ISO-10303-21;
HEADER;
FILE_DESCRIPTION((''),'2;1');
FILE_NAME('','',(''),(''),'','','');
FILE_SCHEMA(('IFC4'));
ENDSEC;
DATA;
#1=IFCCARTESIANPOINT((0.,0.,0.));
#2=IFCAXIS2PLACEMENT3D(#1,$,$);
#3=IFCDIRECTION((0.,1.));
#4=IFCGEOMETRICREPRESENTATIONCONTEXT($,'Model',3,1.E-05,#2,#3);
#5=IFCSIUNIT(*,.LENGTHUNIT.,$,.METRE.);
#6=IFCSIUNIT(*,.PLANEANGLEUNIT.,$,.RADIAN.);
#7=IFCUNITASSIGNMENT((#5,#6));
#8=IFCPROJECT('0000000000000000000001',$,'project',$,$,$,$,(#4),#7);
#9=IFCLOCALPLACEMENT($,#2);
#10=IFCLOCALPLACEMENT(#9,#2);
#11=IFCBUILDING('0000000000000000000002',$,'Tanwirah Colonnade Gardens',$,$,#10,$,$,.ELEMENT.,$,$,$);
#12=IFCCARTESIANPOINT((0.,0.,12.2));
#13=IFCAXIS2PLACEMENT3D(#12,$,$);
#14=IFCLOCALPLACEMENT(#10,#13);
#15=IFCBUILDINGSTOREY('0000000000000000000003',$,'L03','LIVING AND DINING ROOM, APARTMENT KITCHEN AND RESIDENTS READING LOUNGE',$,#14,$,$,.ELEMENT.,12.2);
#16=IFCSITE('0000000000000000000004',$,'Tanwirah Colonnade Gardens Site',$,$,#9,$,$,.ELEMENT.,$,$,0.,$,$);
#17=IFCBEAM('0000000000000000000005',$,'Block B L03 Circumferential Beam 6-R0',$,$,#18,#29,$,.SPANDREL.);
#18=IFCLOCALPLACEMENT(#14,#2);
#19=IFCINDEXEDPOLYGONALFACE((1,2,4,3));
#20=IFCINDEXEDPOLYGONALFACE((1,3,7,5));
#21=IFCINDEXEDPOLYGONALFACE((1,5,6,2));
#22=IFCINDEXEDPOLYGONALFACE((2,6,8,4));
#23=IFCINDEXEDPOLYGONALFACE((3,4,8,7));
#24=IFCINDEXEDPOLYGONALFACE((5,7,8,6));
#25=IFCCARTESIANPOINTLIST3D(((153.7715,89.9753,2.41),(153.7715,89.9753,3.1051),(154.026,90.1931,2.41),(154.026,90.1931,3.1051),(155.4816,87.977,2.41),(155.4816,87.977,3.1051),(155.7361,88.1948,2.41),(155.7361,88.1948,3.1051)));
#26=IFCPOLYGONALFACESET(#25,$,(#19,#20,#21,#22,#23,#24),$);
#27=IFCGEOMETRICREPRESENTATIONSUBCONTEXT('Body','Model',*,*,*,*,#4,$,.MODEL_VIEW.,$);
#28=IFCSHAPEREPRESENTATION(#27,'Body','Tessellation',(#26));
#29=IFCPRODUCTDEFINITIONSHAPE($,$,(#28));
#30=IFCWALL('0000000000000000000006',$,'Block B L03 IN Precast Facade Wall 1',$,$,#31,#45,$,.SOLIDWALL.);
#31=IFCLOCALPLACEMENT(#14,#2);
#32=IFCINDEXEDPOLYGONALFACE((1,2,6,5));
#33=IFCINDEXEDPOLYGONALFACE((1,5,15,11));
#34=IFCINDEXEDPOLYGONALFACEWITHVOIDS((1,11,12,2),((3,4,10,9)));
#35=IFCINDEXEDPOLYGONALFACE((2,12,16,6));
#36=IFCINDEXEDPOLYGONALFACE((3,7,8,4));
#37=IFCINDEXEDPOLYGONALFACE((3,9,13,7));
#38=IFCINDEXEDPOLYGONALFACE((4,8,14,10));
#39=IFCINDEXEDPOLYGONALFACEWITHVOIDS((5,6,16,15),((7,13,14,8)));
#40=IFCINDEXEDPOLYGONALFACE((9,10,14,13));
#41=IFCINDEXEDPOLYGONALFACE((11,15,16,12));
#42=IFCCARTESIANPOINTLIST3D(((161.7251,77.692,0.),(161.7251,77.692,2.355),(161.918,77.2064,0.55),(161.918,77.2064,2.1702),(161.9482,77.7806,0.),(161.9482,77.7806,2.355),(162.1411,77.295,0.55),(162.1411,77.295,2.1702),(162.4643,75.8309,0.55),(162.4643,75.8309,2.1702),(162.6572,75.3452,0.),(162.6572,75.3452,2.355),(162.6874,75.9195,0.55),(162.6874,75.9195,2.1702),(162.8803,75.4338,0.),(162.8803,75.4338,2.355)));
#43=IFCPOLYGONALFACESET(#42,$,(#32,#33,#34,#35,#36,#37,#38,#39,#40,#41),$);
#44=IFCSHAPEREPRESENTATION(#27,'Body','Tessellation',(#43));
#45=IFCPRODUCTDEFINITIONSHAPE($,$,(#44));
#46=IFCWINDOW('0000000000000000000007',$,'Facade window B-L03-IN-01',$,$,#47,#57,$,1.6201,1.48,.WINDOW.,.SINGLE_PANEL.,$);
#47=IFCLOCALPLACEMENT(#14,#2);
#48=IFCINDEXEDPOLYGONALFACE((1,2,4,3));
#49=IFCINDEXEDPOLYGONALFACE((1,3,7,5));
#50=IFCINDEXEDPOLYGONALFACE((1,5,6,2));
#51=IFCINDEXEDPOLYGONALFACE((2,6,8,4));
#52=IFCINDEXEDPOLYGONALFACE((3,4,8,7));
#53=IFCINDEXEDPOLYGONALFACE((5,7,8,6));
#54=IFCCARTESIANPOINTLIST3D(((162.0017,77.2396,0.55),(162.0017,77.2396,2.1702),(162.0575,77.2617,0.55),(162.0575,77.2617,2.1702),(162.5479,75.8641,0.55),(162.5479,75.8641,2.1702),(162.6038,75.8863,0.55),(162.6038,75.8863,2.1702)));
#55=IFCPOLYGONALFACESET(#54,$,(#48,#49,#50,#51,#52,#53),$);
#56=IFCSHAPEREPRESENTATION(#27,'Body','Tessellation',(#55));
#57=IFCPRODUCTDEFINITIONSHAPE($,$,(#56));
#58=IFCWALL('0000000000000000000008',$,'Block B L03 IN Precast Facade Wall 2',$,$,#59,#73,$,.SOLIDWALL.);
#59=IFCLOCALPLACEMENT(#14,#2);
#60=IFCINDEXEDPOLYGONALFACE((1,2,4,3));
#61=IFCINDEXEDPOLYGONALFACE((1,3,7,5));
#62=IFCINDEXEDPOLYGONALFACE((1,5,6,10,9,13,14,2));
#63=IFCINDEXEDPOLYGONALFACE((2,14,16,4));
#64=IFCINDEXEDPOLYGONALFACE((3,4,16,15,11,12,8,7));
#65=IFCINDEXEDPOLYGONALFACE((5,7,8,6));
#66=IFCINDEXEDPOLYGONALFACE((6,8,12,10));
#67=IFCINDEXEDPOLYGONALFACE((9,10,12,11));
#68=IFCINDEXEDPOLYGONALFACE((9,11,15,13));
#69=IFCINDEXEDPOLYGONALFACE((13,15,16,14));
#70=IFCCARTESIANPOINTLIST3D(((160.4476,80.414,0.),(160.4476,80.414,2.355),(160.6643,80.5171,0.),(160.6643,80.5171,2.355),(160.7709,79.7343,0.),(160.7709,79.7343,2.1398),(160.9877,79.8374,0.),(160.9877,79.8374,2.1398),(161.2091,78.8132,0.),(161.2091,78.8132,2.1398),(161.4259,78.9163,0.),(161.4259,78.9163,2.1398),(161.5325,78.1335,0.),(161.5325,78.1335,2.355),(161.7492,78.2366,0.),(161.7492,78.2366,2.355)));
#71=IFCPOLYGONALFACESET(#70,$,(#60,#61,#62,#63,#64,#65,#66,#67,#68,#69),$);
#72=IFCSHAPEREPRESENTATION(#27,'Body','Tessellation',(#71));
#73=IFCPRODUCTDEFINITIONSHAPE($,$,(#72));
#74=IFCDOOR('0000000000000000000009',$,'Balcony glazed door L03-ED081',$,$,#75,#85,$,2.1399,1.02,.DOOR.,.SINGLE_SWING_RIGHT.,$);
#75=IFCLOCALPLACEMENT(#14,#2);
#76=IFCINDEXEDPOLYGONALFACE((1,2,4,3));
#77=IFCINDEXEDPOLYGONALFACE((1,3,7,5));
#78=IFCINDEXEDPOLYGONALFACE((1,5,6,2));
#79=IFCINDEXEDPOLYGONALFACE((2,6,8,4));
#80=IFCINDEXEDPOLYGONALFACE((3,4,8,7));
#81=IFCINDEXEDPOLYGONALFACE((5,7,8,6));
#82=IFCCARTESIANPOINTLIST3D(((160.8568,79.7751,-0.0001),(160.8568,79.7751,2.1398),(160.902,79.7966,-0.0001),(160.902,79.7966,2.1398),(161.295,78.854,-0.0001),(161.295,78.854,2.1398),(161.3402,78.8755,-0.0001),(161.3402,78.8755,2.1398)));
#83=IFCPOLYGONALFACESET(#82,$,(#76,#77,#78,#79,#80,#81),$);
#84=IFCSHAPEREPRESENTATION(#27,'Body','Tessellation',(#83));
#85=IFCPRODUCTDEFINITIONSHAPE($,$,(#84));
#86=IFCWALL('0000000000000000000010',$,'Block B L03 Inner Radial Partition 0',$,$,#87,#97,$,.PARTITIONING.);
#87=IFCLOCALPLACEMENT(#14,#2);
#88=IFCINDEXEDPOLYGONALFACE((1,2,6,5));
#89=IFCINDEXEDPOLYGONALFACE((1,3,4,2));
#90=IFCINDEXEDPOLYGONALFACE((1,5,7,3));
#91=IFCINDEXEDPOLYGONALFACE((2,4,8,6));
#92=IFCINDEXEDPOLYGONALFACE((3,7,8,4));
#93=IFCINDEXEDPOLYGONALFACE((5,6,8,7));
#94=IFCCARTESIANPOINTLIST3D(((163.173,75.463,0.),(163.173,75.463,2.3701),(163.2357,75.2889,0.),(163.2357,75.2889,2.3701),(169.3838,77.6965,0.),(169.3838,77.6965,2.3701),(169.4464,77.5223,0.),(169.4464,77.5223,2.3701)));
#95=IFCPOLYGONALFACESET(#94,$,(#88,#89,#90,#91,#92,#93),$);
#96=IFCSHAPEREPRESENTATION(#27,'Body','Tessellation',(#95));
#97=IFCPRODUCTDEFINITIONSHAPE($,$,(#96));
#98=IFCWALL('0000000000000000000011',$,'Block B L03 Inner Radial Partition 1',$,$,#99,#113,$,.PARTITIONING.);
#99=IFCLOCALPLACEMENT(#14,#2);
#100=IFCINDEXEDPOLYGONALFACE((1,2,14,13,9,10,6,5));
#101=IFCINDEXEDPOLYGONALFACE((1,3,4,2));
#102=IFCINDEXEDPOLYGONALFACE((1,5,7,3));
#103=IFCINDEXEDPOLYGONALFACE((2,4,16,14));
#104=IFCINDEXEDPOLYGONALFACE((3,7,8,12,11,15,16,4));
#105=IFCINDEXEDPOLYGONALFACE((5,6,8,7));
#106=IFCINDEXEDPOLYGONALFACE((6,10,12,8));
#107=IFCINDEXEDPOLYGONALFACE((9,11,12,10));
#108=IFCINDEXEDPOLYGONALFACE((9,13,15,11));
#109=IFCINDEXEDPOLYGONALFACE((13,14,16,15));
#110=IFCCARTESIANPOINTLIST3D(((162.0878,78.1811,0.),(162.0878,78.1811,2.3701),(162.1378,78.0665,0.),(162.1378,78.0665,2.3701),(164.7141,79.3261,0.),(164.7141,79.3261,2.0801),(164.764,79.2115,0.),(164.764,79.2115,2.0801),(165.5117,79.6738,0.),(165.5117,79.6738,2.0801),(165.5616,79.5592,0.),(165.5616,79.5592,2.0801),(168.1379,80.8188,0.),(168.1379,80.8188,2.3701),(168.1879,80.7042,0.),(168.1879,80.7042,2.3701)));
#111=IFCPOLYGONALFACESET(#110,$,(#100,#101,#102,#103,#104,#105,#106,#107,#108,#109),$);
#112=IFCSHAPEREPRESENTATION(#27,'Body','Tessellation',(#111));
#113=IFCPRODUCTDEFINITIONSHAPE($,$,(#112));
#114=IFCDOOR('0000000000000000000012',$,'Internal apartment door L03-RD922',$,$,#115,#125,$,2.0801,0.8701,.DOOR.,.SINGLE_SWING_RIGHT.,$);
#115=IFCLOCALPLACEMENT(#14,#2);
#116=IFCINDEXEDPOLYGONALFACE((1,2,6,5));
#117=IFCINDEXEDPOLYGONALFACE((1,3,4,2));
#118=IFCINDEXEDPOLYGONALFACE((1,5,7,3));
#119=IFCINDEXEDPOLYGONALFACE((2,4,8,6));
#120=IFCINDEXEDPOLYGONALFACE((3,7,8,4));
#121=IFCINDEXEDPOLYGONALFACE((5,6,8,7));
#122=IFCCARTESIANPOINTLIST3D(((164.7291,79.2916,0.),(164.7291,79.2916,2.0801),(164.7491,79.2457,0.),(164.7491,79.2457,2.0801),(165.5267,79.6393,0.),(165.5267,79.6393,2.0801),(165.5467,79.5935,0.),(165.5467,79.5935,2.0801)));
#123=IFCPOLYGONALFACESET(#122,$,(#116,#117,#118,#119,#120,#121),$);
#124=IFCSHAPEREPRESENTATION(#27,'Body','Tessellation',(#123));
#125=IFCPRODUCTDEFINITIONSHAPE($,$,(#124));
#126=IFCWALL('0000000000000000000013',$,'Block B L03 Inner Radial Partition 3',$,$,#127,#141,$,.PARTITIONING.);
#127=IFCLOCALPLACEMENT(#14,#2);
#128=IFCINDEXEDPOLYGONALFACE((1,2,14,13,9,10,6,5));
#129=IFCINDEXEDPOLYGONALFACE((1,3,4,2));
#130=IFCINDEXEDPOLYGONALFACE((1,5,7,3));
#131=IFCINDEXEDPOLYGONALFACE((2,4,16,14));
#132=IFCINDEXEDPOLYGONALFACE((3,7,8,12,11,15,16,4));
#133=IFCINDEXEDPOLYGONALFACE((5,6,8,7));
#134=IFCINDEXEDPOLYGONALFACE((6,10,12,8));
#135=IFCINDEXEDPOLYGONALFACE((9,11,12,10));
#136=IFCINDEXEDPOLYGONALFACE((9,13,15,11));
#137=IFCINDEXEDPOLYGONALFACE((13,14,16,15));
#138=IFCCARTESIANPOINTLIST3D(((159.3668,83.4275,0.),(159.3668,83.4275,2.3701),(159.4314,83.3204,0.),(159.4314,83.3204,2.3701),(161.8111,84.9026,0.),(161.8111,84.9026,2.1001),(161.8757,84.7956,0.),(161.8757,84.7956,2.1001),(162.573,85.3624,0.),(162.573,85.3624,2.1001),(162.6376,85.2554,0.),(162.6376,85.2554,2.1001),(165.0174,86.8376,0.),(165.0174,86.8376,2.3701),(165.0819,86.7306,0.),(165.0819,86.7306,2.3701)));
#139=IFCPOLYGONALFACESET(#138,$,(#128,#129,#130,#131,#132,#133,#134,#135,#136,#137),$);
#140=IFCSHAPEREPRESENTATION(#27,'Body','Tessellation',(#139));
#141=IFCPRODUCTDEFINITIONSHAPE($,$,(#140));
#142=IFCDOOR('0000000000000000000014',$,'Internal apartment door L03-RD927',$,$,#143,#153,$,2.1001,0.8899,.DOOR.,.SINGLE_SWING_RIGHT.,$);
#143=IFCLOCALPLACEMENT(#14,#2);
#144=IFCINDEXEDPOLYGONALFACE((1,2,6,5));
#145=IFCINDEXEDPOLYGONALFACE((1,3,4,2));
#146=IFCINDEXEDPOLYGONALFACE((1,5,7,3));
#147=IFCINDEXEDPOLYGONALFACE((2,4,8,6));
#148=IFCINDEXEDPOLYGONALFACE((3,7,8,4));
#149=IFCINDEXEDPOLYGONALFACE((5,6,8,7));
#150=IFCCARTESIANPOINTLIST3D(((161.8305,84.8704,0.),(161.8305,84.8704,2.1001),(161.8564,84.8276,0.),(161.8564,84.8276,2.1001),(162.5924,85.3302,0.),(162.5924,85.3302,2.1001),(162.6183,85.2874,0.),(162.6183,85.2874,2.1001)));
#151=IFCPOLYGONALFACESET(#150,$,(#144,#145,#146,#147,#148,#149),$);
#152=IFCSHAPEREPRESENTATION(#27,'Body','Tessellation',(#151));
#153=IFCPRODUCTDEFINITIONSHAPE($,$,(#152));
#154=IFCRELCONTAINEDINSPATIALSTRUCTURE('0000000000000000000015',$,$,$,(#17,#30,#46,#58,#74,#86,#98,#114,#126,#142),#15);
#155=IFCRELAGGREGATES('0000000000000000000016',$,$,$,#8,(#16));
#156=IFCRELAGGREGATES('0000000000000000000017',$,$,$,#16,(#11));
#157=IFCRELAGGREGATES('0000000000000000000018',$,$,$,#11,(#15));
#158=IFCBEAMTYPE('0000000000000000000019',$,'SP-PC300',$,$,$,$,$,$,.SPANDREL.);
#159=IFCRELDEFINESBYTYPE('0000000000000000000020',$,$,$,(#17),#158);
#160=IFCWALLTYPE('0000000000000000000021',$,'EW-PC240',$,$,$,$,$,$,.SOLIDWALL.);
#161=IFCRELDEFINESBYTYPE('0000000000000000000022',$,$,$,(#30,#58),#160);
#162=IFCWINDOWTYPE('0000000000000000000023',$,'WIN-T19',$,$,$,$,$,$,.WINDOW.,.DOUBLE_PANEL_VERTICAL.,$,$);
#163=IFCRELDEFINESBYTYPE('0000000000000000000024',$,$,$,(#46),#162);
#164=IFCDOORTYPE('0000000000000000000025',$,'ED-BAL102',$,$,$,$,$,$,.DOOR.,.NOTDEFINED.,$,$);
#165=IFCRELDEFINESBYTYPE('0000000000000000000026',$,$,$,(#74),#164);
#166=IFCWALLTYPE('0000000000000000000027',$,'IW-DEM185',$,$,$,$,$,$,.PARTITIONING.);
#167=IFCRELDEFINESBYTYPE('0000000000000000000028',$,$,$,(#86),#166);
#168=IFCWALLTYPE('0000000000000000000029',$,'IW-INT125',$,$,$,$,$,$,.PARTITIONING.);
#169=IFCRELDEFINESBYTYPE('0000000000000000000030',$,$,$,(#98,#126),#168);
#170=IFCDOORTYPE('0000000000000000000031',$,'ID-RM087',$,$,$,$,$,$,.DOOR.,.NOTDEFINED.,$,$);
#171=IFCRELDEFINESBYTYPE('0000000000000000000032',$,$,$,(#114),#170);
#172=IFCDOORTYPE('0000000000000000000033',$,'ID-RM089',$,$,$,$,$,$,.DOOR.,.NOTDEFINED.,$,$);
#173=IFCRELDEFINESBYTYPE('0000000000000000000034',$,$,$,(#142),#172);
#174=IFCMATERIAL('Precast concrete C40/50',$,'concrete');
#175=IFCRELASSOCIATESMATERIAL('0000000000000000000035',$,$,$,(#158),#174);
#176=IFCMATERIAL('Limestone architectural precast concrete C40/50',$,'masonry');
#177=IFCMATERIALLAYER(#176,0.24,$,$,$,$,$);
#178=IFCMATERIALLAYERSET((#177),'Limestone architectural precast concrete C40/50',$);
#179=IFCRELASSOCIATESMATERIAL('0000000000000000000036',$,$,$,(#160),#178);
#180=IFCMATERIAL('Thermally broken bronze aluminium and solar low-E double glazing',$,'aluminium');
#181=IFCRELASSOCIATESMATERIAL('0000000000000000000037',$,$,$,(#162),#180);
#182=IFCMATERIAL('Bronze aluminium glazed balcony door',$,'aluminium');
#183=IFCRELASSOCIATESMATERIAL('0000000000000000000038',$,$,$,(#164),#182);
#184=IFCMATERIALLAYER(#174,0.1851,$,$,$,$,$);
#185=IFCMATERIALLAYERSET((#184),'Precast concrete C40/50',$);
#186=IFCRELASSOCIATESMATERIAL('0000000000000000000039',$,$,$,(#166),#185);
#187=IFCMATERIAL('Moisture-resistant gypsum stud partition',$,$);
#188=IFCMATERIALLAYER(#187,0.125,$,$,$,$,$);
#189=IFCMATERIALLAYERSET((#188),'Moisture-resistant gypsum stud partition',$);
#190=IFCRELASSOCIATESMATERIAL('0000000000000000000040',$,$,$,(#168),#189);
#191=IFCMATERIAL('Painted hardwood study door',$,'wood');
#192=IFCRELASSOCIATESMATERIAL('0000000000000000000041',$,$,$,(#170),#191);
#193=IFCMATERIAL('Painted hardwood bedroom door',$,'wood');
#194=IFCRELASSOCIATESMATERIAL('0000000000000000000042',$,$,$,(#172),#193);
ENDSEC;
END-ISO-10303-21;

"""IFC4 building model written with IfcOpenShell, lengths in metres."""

from ifc_helpers import new_model, si_unit, direction, frame, frame_2d, origin, origin_2d, place, context, subcontext, project, spatial, rectangle, extrude, material, layer, layer_set, material_profile, profile_set, type_object, element, fill, save


model = new_model("IFC4")

# Units and contexts
model_context = context("Model", 3, precision=1e-05, world=origin(), true_north=direction((0.0, 1.0)))
body_context = subcontext(model_context, "Body", "Model", "MODEL_VIEW")
ifc_project = project(units=[si_unit("LENGTHUNIT", "METRE"), si_unit("PLANEANGLEUNIT", "RADIAN")], contexts=[model_context])

# Site, building, storey
site_placement = place(None, origin())
site = spatial("IfcSite", under=ifc_project, at=site_placement, Name="Tanwirah Colonnade Gardens Site", CompositionType="ELEMENT", RefElevation=0.0)
building_placement = place(site_placement, origin())
building = spatial("IfcBuilding", under=site, at=building_placement, Name="Tanwirah Colonnade Gardens", CompositionType="ELEMENT")
storey_placement = place(building_placement, frame((0.0, 0.0, 12.2)))
storey = spatial("IfcBuildingStorey", under=building, at=storey_placement, Name="L03", Description="LIVING AND DINING ROOM, APARTMENT KITCHEN AND RESIDENTS READING LOUNGE", CompositionType="ELEMENT", Elevation=12.2)

# Shared definitions
ifc_material_1 = material(Name="Precast concrete C40/50", Category="concrete")

# Beam
ifc_material_profile_1 = material_profile(ifc_material_1, rectangle(XDim=0.335, YDim=0.6951, at=origin_2d()), Name="PC-SP 335x695")
ifc_profile_set_1 = profile_set([ifc_material_profile_1], Name="Precast concrete C40/50")
beam_type_1 = type_object("IfcBeamType", Name="SP-PC300", PredefinedType="SPANDREL", material=ifc_profile_set_1)
beam_1_placement = place(storey_placement, frame((155.6089, 88.0859, 2.7576), z_axis=(-0.650218, 0.759748, 0.0), x_axis=(-0.759748, -0.650218, 0.0)))
element("IfcBeam", 1, at=beam_1_placement, inside=storey, type_object=beam_type_1, Name="Block B L03 Circumferential Beam 6-R0", PredefinedType="SPANDREL", context=body_context, shape_type="SweptSolid", body=[
    extrude(rectangle(XDim=0.335, YDim=0.6951, at=origin_2d()), origin(), (0.0, 0.0, 1.0), 2.6301),
])

# Wall, opening, window
ifc_material_2 = material(Name="Limestone architectural precast concrete C40/50", Category="masonry")
ifc_layer_1 = layer(ifc_material_2, 0.24)
ifc_layer_set_1 = layer_set([ifc_layer_1], Name="Limestone architectural precast concrete C40/50")
wall_type_1 = type_object("IfcWallType", Name="EW-PC240", PredefinedType="SOLIDWALL", material=ifc_layer_set_1)
wall_1_placement = place(storey_placement, frame((162.7688, 75.3894, 0.0), z_axis=(0.0, 0.0, 1.0), x_axis=(-0.369123, 0.929381, 0.0)))
wall_1 = element("IfcWall", 2, at=wall_1_placement, inside=storey, type_object=wall_type_1, Name="Block B L03 IN Precast Facade Wall 1", PredefinedType="SOLIDWALL", context=body_context, shape_type="SweptSolid", body=[
    extrude(rectangle(XDim=2.5251, YDim=0.24, at=frame_2d((1.2627, 0.0))), origin(), (0.0, 0.0, 1.0), 2.355),
])
opening_1_placement = place(wall_1_placement, frame((0.5227, 0.0, 0.55)))
opening_1 = element("IfcOpeningElement", 3, at=opening_1_placement, cuts=wall_1, PredefinedType="OPENING", context=body_context, shape_type="SweptSolid", body=[
    extrude(rectangle(XDim=1.48, YDim=1.6201, at=frame_2d((0.74, 0.8101))), frame((0.0, 0.1299, 0.0), z_axis=(0.0, -1.0, 0.0), x_axis=(1.0, 0.0, 0.0)), (0.0, 0.0, 1.0), 0.26),
])
ifc_material_3 = material(Name="Thermally broken bronze aluminium and solar low-E double glazing", Category="aluminium")
window_type = type_object("IfcWindowType", Name="WIN-T19", PartitioningType="DOUBLE_PANEL_VERTICAL", PredefinedType="WINDOW", material=ifc_material_3)
window_placement = place(opening_1_placement, origin())
window = element("IfcWindow", 4, at=window_placement, inside=storey, type_object=window_type, Name="Facade window B-L03-IN-01", OverallHeight=1.6201, OverallWidth=1.48, PartitioningType="SINGLE_PANEL", PredefinedType="WINDOW", context=body_context, shape_type="SweptSolid", body=[
    extrude(rectangle(XDim=1.48, YDim=1.6201, at=frame_2d((0.74, 0.8101))), frame((0.0, 0.03, 0.0), z_axis=(0.0, -1.0, 0.0), x_axis=(1.0, 0.0, 0.0)), (0.0, 0.0, 1.0), 0.0601),
])
fill(opening_1, window)

# Wall, opening, door
wall_2_placement = place(storey_placement, frame((161.6409, 78.1851, 0.0), z_axis=(0.0, 0.0, 1.0), x_axis=(-0.429611, 0.903014, 0.0)))
wall_2 = element("IfcWall", 5, at=wall_2_placement, inside=storey, type_object=wall_type_1, Name="Block B L03 IN Precast Facade Wall 2", PredefinedType="SOLIDWALL", context=body_context, shape_type="SweptSolid", body=[
    extrude(rectangle(XDim=2.5254, YDim=0.24, at=frame_2d((1.2627, 0.0))), origin(), (0.0, 0.0, 1.0), 2.355),
])
opening_2_placement = place(wall_2_placement, frame((0.7527, 0.0, 0.0)))
opening_2 = element("IfcOpeningElement", 6, at=opening_2_placement, cuts=wall_2, PredefinedType="OPENING", context=body_context, shape_type="SweptSolid", body=[
    extrude(rectangle(XDim=1.02, YDim=2.1399, at=frame_2d((0.51, 1.0698))), frame((0.0, 0.1299, 0.0), z_axis=(0.0, -1.0, 0.0), x_axis=(1.0, 0.0, 0.0)), (0.0, 0.0, 1.0), 0.26),
])
ifc_material_4 = material(Name="Bronze aluminium glazed balcony door", Category="aluminium")
door_type_1 = type_object("IfcDoorType", Name="ED-BAL102", OperationType="NOTDEFINED", PredefinedType="DOOR", material=ifc_material_4)
door_1_placement = place(opening_2_placement, origin())
door_1 = element("IfcDoor", 7, at=door_1_placement, inside=storey, type_object=door_type_1, Name="Balcony glazed door L03-ED081", OperationType="SINGLE_SWING_RIGHT", OverallHeight=2.1399, OverallWidth=1.02, PredefinedType="DOOR", context=body_context, shape_type="SweptSolid", body=[
    extrude(rectangle(XDim=1.02, YDim=2.1399, at=frame_2d((0.51, 1.0698))), frame((0.0, 0.0249, 0.0), z_axis=(0.0, -1.0, 0.0), x_axis=(1.0, 0.0, 0.0)), (0.0, 0.0, 1.0), 0.05),
])
fill(opening_2, door_1)

# Wall
ifc_layer_2 = layer(ifc_material_1, 0.1851)
ifc_layer_set_2 = layer_set([ifc_layer_2], Name="Precast concrete C40/50")
wall_type_2 = type_object("IfcWallType", Name="IW-DEM185", PredefinedType="PARTITIONING", material=ifc_layer_set_2)
wall_3_placement = place(storey_placement, frame((163.2043, 75.376, 0.0), z_axis=(0.0, 0.0, 1.0), x_axis=(0.941006, 0.338391, 0.0)))
element("IfcWall", 8, at=wall_3_placement, inside=storey, type_object=wall_type_2, Name="Block B L03 Inner Radial Partition 0", PredefinedType="PARTITIONING", context=body_context, shape_type="SweptSolid", body=[
    extrude(rectangle(XDim=6.6001, YDim=0.1851, at=frame_2d((3.3, 0.0))), origin(), (0.0, 0.0, 1.0), 2.3701),
])

# Walls, openings, doors
ifc_material_5 = material(Name="Moisture-resistant gypsum stud partition")
ifc_layer_3 = layer(ifc_material_5, 0.125)
ifc_layer_set_3 = layer_set([ifc_layer_3], Name="Moisture-resistant gypsum stud partition")
wall_type_3 = type_object("IfcWallType", Name="IW-INT125", PredefinedType="PARTITIONING", material=ifc_layer_set_3)
wall_4_placement = place(storey_placement, frame((162.1128, 78.1238, 0.0), z_axis=(0.0, 0.0, 1.0), x_axis=(0.916669, 0.399648, 0.0)))
wall_4 = element("IfcWall", 9, at=wall_4_placement, inside=storey, type_object=wall_type_3, Name="Block B L03 Inner Radial Partition 1", PredefinedType="PARTITIONING", context=body_context, shape_type="SweptSolid", body=[
    extrude(rectangle(XDim=6.6001, YDim=0.125, at=frame_2d((3.3, 0.0))), origin(), (0.0, 0.0, 1.0), 2.3701),
])
opening_3_placement = place(wall_4_placement, frame((2.865, 0.0, 0.0)))
opening_3 = element("IfcOpeningElement", 10, at=opening_3_placement, cuts=wall_4, PredefinedType="OPENING", context=body_context, shape_type="SweptSolid", body=[
    extrude(rectangle(XDim=0.8701, YDim=2.0801, at=frame_2d((0.4351, 1.04))), frame((0.0, 0.0725, 0.0), z_axis=(0.0, -1.0, 0.0), x_axis=(1.0, 0.0, 0.0)), (0.0, 0.0, 1.0), 0.145),
])
ifc_material_6 = material(Name="Painted hardwood study door", Category="wood")
door_type_2 = type_object("IfcDoorType", Name="ID-RM087", OperationType="NOTDEFINED", PredefinedType="DOOR", material=ifc_material_6)
door_2_placement = place(opening_3_placement, origin())
door_2 = element("IfcDoor", 11, at=door_2_placement, inside=storey, type_object=door_type_2, Name="Internal apartment door L03-RD922", OperationType="SINGLE_SWING_RIGHT", OverallHeight=2.0801, OverallWidth=0.8701, PredefinedType="DOOR", context=body_context, shape_type="SweptSolid", body=[
    extrude(rectangle(XDim=0.8701, YDim=2.0801, at=frame_2d((0.4351, 1.04))), frame((0.0, 0.0249, 0.0), z_axis=(0.0, -1.0, 0.0), x_axis=(1.0, 0.0, 0.0)), (0.0, 0.0, 1.0), 0.05),
])
fill(opening_3, door_2)
wall_5_placement = place(storey_placement, frame((159.3992, 83.374, 0.0), z_axis=(0.0, 0.0, 1.0), x_axis=(0.856168, 0.516697, 0.0)))
wall_5 = element("IfcWall", 12, at=wall_5_placement, inside=storey, type_object=wall_type_3, Name="Block B L03 Inner Radial Partition 3", PredefinedType="PARTITIONING", context=body_context, shape_type="SweptSolid", body=[
    extrude(rectangle(XDim=6.5999, YDim=0.125, at=frame_2d((3.2998, 0.0))), origin(), (0.0, 0.0, 1.0), 2.3701),
])
opening_4_placement = place(wall_5_placement, frame((2.855, 0.0, 0.0)))
opening_4 = element("IfcOpeningElement", 13, at=opening_4_placement, cuts=wall_5, PredefinedType="OPENING", context=body_context, shape_type="SweptSolid", body=[
    extrude(rectangle(XDim=0.8899, YDim=2.1001, at=frame_2d((0.4448, 1.05))), frame((0.0, 0.0725, 0.0), z_axis=(0.0, -1.0, 0.0), x_axis=(1.0, 0.0, 0.0)), (0.0, 0.0, 1.0), 0.145),
])
ifc_material_7 = material(Name="Painted hardwood bedroom door", Category="wood")
door_type_3 = type_object("IfcDoorType", Name="ID-RM089", OperationType="NOTDEFINED", PredefinedType="DOOR", material=ifc_material_7)
door_3_placement = place(opening_4_placement, origin())
door_3 = element("IfcDoor", 14, at=door_3_placement, inside=storey, type_object=door_type_3, Name="Internal apartment door L03-RD927", OperationType="SINGLE_SWING_RIGHT", OverallHeight=2.1001, OverallWidth=0.8899, PredefinedType="DOOR", context=body_context, shape_type="SweptSolid", body=[
    extrude(rectangle(XDim=0.8899, YDim=2.1001, at=frame_2d((0.4448, 1.05))), frame((0.0, 0.0249, 0.0), z_axis=(0.0, -1.0, 0.0), x_axis=(1.0, 0.0, 0.0)), (0.0, 0.0, 1.0), 0.05),
])
fill(opening_4, door_3)

save(model, "model.ifc")
